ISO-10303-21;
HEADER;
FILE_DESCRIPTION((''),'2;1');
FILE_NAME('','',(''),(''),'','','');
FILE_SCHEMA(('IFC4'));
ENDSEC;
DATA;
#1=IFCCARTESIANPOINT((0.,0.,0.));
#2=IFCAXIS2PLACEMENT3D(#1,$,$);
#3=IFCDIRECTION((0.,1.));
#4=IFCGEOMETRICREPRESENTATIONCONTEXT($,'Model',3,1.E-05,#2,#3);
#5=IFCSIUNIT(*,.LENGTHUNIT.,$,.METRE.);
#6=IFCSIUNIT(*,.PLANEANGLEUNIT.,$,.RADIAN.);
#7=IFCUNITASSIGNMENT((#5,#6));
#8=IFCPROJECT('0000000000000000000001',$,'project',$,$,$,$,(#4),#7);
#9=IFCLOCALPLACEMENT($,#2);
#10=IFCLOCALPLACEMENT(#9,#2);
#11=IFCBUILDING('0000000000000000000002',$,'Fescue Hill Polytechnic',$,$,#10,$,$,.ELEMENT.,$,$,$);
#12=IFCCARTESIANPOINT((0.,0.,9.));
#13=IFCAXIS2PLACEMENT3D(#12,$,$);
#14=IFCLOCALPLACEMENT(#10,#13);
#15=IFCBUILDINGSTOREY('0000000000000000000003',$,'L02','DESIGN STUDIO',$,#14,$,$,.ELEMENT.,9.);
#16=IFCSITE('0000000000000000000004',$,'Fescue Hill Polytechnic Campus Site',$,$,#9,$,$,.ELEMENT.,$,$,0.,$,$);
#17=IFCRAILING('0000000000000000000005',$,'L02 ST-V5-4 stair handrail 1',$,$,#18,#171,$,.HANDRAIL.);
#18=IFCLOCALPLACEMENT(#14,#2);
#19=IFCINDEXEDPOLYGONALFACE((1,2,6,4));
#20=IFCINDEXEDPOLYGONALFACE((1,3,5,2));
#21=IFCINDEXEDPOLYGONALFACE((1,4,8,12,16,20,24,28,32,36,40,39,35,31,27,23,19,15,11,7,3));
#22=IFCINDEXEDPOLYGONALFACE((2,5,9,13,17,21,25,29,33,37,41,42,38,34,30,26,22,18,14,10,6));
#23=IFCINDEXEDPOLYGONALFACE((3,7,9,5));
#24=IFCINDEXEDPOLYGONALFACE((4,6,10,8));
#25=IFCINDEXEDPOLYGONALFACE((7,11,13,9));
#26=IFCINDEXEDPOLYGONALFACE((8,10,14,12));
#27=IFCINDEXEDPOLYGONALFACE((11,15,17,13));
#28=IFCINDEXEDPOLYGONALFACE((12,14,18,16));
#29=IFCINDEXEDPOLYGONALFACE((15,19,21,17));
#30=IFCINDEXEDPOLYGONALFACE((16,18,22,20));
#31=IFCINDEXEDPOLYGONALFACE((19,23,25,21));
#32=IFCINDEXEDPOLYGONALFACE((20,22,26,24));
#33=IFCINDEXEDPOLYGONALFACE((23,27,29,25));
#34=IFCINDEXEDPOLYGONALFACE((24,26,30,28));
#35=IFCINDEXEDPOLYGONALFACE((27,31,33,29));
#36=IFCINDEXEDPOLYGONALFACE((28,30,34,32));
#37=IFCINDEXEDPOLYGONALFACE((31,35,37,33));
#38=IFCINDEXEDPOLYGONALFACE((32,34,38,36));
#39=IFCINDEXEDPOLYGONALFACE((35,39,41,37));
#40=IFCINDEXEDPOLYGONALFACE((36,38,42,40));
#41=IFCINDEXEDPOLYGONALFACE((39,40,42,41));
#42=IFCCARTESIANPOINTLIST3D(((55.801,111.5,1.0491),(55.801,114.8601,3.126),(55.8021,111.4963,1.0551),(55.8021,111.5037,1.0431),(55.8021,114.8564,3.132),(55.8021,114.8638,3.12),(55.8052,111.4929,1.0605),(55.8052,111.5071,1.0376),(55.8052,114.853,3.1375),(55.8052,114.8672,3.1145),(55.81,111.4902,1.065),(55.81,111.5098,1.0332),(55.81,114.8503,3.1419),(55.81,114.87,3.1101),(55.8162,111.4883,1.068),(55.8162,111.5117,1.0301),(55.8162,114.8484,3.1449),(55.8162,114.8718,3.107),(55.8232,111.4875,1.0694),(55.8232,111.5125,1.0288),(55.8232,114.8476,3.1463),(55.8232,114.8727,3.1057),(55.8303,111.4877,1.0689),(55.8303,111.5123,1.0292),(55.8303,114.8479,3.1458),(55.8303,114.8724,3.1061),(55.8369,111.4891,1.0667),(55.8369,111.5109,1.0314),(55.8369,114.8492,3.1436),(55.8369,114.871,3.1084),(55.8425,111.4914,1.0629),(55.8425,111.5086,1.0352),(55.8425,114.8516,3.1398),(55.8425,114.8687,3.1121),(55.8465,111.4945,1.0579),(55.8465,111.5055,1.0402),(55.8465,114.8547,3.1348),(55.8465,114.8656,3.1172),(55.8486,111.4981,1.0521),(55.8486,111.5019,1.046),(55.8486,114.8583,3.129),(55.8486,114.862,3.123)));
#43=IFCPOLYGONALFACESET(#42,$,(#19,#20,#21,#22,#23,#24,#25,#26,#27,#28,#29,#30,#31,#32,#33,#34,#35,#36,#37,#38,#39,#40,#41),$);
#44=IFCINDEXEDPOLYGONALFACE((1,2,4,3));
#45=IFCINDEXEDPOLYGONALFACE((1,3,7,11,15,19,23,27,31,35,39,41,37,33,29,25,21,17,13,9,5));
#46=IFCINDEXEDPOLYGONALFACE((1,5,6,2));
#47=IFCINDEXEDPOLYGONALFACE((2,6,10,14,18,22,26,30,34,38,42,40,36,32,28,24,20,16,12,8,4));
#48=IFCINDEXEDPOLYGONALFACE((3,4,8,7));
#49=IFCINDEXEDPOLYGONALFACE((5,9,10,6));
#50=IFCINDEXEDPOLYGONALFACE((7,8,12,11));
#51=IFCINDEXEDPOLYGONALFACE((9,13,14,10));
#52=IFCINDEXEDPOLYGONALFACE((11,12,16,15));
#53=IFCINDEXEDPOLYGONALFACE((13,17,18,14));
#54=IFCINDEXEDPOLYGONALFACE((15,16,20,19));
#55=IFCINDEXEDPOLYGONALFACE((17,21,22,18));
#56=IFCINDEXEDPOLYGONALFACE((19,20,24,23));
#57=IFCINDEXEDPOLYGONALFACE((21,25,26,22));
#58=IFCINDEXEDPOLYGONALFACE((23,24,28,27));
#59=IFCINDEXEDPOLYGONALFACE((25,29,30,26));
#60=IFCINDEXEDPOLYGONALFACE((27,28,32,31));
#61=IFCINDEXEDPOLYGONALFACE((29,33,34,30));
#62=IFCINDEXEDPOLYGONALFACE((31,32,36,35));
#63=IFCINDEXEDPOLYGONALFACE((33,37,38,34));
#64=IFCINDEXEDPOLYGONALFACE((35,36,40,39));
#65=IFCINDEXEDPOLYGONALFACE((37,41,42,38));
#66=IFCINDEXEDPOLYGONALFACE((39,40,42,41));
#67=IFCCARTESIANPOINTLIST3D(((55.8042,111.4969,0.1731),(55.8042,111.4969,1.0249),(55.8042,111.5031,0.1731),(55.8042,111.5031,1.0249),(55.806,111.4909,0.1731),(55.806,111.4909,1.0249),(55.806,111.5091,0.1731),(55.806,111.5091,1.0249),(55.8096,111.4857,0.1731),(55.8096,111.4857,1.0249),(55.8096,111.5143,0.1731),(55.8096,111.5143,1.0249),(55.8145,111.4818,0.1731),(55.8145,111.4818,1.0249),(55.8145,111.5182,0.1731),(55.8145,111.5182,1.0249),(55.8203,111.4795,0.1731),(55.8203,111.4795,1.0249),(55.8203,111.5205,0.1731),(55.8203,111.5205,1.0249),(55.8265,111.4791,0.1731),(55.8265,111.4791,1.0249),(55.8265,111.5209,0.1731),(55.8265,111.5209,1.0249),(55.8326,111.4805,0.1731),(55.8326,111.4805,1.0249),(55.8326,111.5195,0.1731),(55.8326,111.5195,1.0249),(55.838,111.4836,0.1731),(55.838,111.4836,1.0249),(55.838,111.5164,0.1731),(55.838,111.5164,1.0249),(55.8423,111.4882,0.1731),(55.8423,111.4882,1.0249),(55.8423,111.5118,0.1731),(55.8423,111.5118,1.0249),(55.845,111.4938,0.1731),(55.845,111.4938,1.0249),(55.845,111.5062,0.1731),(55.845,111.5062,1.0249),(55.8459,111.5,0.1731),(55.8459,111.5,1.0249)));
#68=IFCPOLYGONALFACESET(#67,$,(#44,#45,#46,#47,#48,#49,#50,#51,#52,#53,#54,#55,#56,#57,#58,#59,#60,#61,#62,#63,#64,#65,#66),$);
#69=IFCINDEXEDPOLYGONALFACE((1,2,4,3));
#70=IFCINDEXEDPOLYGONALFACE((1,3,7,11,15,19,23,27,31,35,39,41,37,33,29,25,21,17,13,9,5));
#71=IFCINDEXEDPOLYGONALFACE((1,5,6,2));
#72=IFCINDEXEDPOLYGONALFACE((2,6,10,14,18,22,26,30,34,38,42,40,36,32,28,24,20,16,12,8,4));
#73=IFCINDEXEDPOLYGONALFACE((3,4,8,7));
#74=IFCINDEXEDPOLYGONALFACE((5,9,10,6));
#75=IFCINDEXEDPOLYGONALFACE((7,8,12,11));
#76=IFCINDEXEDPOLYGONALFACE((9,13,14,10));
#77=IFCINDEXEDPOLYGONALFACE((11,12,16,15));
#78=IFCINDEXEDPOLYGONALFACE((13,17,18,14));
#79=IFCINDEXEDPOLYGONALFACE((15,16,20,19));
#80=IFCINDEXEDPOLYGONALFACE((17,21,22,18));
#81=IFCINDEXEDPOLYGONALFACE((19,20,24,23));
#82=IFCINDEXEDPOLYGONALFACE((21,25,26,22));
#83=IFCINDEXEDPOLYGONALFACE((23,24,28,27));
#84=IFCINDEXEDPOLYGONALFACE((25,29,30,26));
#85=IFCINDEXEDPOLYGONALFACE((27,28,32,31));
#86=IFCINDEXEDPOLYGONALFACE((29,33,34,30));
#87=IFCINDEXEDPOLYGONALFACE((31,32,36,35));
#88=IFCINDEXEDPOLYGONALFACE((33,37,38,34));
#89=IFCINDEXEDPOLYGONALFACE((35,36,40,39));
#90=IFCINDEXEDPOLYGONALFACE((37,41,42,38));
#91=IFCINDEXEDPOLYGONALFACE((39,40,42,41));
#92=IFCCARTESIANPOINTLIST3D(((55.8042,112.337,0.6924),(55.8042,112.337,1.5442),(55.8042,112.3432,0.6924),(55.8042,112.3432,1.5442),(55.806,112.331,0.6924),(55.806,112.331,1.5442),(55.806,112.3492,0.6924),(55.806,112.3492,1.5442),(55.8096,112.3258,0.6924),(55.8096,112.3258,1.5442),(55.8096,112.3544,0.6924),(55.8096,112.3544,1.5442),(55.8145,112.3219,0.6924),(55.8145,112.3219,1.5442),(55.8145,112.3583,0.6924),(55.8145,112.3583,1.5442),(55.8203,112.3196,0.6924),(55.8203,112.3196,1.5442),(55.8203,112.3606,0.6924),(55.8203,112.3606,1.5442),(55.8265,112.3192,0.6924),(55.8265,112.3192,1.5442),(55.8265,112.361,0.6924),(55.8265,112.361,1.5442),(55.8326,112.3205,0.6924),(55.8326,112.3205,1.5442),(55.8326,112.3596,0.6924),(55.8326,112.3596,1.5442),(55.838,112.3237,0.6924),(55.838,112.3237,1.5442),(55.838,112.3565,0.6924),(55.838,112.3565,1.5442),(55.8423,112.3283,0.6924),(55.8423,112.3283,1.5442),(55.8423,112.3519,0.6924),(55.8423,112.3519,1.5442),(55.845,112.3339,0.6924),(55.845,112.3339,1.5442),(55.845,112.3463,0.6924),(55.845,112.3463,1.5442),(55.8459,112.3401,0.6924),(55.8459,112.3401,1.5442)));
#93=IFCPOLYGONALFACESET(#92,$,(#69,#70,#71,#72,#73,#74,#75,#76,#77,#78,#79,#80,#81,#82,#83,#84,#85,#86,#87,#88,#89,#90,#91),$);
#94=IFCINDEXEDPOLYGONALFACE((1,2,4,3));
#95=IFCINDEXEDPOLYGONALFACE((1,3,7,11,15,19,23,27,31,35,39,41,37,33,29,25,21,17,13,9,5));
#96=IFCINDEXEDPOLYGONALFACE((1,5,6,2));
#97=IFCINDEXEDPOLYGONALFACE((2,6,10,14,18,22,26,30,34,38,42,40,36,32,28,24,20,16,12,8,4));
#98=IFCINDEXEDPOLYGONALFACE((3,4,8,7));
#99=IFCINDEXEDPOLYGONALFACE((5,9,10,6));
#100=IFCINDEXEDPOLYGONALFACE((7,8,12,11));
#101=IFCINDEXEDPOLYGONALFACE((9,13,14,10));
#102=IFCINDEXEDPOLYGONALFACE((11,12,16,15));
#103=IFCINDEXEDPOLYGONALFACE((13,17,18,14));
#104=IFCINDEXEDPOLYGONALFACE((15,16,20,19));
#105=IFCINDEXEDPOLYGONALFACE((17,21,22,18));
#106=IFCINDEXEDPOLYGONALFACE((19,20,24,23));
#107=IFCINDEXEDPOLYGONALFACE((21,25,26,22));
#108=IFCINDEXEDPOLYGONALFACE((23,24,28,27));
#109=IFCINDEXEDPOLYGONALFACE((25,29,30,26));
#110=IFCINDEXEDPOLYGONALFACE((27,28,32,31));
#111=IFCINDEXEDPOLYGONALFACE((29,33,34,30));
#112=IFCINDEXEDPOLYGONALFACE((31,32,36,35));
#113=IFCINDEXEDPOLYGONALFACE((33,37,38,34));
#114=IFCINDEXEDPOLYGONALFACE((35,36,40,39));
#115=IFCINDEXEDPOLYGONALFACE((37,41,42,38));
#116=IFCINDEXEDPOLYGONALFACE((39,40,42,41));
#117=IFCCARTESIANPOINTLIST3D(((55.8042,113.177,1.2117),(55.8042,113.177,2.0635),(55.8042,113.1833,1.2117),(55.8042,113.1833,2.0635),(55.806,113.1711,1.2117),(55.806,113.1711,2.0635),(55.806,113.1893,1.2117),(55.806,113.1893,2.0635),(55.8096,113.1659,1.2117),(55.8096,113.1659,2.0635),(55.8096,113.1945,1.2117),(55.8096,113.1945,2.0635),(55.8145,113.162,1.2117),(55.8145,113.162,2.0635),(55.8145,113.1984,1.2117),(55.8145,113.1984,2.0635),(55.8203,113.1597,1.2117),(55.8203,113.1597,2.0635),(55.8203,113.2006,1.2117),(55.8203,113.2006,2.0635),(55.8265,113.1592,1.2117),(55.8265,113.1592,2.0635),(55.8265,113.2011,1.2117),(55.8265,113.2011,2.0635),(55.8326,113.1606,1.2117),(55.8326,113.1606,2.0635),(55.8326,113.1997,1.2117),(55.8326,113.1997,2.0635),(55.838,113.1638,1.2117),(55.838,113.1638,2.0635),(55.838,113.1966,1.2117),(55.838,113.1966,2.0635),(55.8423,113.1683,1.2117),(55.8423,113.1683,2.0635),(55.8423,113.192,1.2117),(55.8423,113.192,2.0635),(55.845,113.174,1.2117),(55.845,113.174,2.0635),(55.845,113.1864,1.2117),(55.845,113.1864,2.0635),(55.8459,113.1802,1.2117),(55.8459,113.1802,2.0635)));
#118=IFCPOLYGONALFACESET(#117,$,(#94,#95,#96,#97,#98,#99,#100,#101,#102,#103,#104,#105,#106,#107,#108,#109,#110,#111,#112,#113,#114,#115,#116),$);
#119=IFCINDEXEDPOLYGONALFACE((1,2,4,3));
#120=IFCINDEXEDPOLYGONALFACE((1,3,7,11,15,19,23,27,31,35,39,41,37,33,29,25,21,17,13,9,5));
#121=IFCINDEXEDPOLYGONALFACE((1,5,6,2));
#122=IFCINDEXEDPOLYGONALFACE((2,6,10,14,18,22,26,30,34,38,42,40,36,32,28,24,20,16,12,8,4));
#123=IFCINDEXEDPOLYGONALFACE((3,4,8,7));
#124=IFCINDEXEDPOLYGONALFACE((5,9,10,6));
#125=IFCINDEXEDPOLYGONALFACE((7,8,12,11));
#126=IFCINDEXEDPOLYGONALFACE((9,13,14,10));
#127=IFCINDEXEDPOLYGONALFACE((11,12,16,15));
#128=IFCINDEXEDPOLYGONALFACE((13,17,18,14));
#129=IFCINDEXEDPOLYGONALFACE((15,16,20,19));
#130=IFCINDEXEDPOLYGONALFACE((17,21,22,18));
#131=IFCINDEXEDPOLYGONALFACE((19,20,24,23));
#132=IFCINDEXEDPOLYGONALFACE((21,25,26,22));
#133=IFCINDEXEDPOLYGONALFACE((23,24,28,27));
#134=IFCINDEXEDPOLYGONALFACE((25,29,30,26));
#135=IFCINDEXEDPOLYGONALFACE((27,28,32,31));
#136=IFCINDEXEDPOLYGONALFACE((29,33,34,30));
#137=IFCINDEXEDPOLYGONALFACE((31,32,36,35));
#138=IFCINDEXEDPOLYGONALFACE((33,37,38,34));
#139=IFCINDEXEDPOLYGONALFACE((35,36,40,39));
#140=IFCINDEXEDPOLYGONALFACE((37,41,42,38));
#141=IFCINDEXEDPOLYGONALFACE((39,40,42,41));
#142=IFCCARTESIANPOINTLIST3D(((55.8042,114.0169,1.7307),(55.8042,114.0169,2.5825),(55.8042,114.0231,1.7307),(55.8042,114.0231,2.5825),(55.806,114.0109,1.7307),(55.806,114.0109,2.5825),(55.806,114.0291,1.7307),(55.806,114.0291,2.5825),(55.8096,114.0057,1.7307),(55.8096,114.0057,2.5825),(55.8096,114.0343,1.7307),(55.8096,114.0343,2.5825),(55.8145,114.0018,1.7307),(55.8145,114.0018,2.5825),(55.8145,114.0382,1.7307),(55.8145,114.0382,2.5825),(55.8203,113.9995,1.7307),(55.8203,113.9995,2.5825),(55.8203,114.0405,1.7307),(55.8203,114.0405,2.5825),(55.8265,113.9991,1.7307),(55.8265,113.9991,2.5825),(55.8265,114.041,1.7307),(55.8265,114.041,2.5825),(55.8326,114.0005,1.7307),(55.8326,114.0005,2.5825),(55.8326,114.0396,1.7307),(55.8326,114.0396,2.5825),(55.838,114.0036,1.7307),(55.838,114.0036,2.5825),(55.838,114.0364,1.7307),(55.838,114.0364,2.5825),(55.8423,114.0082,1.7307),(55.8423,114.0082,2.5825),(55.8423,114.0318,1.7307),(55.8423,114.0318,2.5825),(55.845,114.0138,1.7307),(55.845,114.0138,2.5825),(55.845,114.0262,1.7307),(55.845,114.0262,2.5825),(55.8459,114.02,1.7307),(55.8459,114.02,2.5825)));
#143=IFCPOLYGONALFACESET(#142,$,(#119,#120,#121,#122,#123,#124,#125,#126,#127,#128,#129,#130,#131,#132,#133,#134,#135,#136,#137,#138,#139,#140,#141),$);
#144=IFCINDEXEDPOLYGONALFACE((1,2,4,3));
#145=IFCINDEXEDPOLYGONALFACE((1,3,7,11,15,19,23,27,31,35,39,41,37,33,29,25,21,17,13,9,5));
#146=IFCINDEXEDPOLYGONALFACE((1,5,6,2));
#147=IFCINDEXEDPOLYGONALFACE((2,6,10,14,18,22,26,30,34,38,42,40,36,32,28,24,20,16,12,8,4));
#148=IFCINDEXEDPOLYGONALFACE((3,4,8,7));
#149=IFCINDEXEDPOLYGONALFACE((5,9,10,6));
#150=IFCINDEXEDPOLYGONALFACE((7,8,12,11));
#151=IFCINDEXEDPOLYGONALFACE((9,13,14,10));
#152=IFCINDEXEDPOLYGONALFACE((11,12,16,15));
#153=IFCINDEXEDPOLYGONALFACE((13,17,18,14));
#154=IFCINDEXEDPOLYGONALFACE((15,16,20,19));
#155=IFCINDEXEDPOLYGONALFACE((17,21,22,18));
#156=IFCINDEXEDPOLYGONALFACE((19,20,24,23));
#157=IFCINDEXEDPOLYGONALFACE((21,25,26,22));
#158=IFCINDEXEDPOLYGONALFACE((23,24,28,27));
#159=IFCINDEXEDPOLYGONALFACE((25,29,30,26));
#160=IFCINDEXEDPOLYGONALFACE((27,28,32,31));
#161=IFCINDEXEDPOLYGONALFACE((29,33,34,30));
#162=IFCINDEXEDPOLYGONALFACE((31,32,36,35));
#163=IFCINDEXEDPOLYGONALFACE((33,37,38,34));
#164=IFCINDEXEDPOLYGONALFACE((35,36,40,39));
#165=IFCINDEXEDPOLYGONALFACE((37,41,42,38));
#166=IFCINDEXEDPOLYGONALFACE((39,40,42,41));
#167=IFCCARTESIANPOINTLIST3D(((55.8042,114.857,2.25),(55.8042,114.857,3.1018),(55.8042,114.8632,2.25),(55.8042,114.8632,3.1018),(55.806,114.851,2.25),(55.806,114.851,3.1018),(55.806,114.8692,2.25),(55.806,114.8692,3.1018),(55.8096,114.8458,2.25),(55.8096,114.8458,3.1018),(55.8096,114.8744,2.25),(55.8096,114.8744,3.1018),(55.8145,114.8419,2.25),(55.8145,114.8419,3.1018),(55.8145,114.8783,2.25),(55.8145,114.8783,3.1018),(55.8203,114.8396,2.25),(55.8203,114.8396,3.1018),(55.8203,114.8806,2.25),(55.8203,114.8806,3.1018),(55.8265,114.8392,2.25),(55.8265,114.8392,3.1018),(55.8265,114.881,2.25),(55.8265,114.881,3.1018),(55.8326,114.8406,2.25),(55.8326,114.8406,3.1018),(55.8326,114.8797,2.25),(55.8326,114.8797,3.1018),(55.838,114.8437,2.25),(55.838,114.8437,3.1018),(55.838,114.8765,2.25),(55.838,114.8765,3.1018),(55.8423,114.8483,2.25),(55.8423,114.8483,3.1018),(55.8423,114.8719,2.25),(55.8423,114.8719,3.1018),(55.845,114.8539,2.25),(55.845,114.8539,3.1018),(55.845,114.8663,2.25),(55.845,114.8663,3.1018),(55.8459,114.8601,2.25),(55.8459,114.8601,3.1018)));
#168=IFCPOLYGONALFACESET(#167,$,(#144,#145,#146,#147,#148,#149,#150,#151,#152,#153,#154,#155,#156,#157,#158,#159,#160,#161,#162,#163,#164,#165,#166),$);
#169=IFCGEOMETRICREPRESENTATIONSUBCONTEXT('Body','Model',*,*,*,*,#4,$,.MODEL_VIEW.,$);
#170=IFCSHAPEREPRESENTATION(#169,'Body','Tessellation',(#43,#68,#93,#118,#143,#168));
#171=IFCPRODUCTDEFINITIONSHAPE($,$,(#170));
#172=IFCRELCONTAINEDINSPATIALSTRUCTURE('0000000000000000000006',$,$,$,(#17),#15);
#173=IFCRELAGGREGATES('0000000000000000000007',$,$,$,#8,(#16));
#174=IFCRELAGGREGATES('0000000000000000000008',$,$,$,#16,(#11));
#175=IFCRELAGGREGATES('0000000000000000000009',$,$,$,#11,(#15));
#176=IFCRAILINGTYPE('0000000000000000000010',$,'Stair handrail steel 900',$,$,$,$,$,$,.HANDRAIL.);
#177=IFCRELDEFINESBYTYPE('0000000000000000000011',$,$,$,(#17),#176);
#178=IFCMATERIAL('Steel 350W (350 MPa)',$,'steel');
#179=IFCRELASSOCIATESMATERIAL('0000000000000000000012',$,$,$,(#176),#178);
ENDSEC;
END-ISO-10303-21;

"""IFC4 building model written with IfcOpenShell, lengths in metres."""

from ifc_helpers import new_model, si_unit, direction, frame, origin, origin_2d, place, context, subcontext, project, spatial, circle, extrude, material, type_object, element, save


model = new_model("IFC4")

# Units and contexts
model_context = context("Model", 3, precision=1e-05, world=origin(), true_north=direction((0.0, 1.0)))
body_context = subcontext(model_context, "Body", "Model", "MODEL_VIEW")
ifc_project = project(units=[si_unit("LENGTHUNIT", "METRE"), si_unit("PLANEANGLEUNIT", "RADIAN")], contexts=[model_context])

# Site, building, storey
site_placement = place(None, origin())
site = spatial("IfcSite", under=ifc_project, at=site_placement, Name="Fescue Hill Polytechnic Campus Site", CompositionType="ELEMENT", RefElevation=0.0)
building_placement = place(site_placement, origin())
building = spatial("IfcBuilding", under=site, at=building_placement, Name="Fescue Hill Polytechnic", CompositionType="ELEMENT")
storey_placement = place(building_placement, frame((0.0, 0.0, 9.0)))
storey = spatial("IfcBuildingStorey", under=building, at=storey_placement, Name="L02", Description="DESIGN STUDIO", CompositionType="ELEMENT", Elevation=9.0)

# Railing
ifc_material_1 = material(Name="Steel 350W (350 MPa)", Category="steel")
railing_type_1 = type_object("IfcRailingType", Name="Stair handrail steel 900", PredefinedType="HANDRAIL", material=ifc_material_1)
railing_1_placement = place(storey_placement, frame((55.825, 111.5, 0.1731)))
element("IfcRailing", 1, at=railing_1_placement, inside=storey, type_object=railing_type_1, Name="L02 ST-V5-4 stair handrail 1", PredefinedType="HANDRAIL", context=body_context, shape_type="SweptSolid", body=[
    extrude(circle(Radius=0.0239, at=origin_2d()), frame((0.0, 0.0, 0.876), z_axis=(0.0, 0.850623, 0.525776), x_axis=(-1.0, 0.0, 0.0)), (0.0, 0.0, 1.0), 3.9502),
    extrude(circle(Radius=0.021, at=origin_2d()), origin(), (0.0, 0.0, 1.0), 0.8518),
    extrude(circle(Radius=0.021, at=origin_2d()), frame((0.0, 0.8401, 0.5193)), (0.0, 0.0, 1.0), 0.8518),
    extrude(circle(Radius=0.021, at=origin_2d()), frame((0.0, 1.6802, 1.0386)), (0.0, 0.0, 1.0), 0.8518),
    extrude(circle(Radius=0.021, at=origin_2d()), frame((0.0, 2.52, 1.5576)), (0.0, 0.0, 1.0), 0.8518),
    extrude(circle(Radius=0.021, at=origin_2d()), frame((0.0, 3.3601, 2.0769)), (0.0, 0.0, 1.0), 0.8518),
])

save(model, "model.ifc")
